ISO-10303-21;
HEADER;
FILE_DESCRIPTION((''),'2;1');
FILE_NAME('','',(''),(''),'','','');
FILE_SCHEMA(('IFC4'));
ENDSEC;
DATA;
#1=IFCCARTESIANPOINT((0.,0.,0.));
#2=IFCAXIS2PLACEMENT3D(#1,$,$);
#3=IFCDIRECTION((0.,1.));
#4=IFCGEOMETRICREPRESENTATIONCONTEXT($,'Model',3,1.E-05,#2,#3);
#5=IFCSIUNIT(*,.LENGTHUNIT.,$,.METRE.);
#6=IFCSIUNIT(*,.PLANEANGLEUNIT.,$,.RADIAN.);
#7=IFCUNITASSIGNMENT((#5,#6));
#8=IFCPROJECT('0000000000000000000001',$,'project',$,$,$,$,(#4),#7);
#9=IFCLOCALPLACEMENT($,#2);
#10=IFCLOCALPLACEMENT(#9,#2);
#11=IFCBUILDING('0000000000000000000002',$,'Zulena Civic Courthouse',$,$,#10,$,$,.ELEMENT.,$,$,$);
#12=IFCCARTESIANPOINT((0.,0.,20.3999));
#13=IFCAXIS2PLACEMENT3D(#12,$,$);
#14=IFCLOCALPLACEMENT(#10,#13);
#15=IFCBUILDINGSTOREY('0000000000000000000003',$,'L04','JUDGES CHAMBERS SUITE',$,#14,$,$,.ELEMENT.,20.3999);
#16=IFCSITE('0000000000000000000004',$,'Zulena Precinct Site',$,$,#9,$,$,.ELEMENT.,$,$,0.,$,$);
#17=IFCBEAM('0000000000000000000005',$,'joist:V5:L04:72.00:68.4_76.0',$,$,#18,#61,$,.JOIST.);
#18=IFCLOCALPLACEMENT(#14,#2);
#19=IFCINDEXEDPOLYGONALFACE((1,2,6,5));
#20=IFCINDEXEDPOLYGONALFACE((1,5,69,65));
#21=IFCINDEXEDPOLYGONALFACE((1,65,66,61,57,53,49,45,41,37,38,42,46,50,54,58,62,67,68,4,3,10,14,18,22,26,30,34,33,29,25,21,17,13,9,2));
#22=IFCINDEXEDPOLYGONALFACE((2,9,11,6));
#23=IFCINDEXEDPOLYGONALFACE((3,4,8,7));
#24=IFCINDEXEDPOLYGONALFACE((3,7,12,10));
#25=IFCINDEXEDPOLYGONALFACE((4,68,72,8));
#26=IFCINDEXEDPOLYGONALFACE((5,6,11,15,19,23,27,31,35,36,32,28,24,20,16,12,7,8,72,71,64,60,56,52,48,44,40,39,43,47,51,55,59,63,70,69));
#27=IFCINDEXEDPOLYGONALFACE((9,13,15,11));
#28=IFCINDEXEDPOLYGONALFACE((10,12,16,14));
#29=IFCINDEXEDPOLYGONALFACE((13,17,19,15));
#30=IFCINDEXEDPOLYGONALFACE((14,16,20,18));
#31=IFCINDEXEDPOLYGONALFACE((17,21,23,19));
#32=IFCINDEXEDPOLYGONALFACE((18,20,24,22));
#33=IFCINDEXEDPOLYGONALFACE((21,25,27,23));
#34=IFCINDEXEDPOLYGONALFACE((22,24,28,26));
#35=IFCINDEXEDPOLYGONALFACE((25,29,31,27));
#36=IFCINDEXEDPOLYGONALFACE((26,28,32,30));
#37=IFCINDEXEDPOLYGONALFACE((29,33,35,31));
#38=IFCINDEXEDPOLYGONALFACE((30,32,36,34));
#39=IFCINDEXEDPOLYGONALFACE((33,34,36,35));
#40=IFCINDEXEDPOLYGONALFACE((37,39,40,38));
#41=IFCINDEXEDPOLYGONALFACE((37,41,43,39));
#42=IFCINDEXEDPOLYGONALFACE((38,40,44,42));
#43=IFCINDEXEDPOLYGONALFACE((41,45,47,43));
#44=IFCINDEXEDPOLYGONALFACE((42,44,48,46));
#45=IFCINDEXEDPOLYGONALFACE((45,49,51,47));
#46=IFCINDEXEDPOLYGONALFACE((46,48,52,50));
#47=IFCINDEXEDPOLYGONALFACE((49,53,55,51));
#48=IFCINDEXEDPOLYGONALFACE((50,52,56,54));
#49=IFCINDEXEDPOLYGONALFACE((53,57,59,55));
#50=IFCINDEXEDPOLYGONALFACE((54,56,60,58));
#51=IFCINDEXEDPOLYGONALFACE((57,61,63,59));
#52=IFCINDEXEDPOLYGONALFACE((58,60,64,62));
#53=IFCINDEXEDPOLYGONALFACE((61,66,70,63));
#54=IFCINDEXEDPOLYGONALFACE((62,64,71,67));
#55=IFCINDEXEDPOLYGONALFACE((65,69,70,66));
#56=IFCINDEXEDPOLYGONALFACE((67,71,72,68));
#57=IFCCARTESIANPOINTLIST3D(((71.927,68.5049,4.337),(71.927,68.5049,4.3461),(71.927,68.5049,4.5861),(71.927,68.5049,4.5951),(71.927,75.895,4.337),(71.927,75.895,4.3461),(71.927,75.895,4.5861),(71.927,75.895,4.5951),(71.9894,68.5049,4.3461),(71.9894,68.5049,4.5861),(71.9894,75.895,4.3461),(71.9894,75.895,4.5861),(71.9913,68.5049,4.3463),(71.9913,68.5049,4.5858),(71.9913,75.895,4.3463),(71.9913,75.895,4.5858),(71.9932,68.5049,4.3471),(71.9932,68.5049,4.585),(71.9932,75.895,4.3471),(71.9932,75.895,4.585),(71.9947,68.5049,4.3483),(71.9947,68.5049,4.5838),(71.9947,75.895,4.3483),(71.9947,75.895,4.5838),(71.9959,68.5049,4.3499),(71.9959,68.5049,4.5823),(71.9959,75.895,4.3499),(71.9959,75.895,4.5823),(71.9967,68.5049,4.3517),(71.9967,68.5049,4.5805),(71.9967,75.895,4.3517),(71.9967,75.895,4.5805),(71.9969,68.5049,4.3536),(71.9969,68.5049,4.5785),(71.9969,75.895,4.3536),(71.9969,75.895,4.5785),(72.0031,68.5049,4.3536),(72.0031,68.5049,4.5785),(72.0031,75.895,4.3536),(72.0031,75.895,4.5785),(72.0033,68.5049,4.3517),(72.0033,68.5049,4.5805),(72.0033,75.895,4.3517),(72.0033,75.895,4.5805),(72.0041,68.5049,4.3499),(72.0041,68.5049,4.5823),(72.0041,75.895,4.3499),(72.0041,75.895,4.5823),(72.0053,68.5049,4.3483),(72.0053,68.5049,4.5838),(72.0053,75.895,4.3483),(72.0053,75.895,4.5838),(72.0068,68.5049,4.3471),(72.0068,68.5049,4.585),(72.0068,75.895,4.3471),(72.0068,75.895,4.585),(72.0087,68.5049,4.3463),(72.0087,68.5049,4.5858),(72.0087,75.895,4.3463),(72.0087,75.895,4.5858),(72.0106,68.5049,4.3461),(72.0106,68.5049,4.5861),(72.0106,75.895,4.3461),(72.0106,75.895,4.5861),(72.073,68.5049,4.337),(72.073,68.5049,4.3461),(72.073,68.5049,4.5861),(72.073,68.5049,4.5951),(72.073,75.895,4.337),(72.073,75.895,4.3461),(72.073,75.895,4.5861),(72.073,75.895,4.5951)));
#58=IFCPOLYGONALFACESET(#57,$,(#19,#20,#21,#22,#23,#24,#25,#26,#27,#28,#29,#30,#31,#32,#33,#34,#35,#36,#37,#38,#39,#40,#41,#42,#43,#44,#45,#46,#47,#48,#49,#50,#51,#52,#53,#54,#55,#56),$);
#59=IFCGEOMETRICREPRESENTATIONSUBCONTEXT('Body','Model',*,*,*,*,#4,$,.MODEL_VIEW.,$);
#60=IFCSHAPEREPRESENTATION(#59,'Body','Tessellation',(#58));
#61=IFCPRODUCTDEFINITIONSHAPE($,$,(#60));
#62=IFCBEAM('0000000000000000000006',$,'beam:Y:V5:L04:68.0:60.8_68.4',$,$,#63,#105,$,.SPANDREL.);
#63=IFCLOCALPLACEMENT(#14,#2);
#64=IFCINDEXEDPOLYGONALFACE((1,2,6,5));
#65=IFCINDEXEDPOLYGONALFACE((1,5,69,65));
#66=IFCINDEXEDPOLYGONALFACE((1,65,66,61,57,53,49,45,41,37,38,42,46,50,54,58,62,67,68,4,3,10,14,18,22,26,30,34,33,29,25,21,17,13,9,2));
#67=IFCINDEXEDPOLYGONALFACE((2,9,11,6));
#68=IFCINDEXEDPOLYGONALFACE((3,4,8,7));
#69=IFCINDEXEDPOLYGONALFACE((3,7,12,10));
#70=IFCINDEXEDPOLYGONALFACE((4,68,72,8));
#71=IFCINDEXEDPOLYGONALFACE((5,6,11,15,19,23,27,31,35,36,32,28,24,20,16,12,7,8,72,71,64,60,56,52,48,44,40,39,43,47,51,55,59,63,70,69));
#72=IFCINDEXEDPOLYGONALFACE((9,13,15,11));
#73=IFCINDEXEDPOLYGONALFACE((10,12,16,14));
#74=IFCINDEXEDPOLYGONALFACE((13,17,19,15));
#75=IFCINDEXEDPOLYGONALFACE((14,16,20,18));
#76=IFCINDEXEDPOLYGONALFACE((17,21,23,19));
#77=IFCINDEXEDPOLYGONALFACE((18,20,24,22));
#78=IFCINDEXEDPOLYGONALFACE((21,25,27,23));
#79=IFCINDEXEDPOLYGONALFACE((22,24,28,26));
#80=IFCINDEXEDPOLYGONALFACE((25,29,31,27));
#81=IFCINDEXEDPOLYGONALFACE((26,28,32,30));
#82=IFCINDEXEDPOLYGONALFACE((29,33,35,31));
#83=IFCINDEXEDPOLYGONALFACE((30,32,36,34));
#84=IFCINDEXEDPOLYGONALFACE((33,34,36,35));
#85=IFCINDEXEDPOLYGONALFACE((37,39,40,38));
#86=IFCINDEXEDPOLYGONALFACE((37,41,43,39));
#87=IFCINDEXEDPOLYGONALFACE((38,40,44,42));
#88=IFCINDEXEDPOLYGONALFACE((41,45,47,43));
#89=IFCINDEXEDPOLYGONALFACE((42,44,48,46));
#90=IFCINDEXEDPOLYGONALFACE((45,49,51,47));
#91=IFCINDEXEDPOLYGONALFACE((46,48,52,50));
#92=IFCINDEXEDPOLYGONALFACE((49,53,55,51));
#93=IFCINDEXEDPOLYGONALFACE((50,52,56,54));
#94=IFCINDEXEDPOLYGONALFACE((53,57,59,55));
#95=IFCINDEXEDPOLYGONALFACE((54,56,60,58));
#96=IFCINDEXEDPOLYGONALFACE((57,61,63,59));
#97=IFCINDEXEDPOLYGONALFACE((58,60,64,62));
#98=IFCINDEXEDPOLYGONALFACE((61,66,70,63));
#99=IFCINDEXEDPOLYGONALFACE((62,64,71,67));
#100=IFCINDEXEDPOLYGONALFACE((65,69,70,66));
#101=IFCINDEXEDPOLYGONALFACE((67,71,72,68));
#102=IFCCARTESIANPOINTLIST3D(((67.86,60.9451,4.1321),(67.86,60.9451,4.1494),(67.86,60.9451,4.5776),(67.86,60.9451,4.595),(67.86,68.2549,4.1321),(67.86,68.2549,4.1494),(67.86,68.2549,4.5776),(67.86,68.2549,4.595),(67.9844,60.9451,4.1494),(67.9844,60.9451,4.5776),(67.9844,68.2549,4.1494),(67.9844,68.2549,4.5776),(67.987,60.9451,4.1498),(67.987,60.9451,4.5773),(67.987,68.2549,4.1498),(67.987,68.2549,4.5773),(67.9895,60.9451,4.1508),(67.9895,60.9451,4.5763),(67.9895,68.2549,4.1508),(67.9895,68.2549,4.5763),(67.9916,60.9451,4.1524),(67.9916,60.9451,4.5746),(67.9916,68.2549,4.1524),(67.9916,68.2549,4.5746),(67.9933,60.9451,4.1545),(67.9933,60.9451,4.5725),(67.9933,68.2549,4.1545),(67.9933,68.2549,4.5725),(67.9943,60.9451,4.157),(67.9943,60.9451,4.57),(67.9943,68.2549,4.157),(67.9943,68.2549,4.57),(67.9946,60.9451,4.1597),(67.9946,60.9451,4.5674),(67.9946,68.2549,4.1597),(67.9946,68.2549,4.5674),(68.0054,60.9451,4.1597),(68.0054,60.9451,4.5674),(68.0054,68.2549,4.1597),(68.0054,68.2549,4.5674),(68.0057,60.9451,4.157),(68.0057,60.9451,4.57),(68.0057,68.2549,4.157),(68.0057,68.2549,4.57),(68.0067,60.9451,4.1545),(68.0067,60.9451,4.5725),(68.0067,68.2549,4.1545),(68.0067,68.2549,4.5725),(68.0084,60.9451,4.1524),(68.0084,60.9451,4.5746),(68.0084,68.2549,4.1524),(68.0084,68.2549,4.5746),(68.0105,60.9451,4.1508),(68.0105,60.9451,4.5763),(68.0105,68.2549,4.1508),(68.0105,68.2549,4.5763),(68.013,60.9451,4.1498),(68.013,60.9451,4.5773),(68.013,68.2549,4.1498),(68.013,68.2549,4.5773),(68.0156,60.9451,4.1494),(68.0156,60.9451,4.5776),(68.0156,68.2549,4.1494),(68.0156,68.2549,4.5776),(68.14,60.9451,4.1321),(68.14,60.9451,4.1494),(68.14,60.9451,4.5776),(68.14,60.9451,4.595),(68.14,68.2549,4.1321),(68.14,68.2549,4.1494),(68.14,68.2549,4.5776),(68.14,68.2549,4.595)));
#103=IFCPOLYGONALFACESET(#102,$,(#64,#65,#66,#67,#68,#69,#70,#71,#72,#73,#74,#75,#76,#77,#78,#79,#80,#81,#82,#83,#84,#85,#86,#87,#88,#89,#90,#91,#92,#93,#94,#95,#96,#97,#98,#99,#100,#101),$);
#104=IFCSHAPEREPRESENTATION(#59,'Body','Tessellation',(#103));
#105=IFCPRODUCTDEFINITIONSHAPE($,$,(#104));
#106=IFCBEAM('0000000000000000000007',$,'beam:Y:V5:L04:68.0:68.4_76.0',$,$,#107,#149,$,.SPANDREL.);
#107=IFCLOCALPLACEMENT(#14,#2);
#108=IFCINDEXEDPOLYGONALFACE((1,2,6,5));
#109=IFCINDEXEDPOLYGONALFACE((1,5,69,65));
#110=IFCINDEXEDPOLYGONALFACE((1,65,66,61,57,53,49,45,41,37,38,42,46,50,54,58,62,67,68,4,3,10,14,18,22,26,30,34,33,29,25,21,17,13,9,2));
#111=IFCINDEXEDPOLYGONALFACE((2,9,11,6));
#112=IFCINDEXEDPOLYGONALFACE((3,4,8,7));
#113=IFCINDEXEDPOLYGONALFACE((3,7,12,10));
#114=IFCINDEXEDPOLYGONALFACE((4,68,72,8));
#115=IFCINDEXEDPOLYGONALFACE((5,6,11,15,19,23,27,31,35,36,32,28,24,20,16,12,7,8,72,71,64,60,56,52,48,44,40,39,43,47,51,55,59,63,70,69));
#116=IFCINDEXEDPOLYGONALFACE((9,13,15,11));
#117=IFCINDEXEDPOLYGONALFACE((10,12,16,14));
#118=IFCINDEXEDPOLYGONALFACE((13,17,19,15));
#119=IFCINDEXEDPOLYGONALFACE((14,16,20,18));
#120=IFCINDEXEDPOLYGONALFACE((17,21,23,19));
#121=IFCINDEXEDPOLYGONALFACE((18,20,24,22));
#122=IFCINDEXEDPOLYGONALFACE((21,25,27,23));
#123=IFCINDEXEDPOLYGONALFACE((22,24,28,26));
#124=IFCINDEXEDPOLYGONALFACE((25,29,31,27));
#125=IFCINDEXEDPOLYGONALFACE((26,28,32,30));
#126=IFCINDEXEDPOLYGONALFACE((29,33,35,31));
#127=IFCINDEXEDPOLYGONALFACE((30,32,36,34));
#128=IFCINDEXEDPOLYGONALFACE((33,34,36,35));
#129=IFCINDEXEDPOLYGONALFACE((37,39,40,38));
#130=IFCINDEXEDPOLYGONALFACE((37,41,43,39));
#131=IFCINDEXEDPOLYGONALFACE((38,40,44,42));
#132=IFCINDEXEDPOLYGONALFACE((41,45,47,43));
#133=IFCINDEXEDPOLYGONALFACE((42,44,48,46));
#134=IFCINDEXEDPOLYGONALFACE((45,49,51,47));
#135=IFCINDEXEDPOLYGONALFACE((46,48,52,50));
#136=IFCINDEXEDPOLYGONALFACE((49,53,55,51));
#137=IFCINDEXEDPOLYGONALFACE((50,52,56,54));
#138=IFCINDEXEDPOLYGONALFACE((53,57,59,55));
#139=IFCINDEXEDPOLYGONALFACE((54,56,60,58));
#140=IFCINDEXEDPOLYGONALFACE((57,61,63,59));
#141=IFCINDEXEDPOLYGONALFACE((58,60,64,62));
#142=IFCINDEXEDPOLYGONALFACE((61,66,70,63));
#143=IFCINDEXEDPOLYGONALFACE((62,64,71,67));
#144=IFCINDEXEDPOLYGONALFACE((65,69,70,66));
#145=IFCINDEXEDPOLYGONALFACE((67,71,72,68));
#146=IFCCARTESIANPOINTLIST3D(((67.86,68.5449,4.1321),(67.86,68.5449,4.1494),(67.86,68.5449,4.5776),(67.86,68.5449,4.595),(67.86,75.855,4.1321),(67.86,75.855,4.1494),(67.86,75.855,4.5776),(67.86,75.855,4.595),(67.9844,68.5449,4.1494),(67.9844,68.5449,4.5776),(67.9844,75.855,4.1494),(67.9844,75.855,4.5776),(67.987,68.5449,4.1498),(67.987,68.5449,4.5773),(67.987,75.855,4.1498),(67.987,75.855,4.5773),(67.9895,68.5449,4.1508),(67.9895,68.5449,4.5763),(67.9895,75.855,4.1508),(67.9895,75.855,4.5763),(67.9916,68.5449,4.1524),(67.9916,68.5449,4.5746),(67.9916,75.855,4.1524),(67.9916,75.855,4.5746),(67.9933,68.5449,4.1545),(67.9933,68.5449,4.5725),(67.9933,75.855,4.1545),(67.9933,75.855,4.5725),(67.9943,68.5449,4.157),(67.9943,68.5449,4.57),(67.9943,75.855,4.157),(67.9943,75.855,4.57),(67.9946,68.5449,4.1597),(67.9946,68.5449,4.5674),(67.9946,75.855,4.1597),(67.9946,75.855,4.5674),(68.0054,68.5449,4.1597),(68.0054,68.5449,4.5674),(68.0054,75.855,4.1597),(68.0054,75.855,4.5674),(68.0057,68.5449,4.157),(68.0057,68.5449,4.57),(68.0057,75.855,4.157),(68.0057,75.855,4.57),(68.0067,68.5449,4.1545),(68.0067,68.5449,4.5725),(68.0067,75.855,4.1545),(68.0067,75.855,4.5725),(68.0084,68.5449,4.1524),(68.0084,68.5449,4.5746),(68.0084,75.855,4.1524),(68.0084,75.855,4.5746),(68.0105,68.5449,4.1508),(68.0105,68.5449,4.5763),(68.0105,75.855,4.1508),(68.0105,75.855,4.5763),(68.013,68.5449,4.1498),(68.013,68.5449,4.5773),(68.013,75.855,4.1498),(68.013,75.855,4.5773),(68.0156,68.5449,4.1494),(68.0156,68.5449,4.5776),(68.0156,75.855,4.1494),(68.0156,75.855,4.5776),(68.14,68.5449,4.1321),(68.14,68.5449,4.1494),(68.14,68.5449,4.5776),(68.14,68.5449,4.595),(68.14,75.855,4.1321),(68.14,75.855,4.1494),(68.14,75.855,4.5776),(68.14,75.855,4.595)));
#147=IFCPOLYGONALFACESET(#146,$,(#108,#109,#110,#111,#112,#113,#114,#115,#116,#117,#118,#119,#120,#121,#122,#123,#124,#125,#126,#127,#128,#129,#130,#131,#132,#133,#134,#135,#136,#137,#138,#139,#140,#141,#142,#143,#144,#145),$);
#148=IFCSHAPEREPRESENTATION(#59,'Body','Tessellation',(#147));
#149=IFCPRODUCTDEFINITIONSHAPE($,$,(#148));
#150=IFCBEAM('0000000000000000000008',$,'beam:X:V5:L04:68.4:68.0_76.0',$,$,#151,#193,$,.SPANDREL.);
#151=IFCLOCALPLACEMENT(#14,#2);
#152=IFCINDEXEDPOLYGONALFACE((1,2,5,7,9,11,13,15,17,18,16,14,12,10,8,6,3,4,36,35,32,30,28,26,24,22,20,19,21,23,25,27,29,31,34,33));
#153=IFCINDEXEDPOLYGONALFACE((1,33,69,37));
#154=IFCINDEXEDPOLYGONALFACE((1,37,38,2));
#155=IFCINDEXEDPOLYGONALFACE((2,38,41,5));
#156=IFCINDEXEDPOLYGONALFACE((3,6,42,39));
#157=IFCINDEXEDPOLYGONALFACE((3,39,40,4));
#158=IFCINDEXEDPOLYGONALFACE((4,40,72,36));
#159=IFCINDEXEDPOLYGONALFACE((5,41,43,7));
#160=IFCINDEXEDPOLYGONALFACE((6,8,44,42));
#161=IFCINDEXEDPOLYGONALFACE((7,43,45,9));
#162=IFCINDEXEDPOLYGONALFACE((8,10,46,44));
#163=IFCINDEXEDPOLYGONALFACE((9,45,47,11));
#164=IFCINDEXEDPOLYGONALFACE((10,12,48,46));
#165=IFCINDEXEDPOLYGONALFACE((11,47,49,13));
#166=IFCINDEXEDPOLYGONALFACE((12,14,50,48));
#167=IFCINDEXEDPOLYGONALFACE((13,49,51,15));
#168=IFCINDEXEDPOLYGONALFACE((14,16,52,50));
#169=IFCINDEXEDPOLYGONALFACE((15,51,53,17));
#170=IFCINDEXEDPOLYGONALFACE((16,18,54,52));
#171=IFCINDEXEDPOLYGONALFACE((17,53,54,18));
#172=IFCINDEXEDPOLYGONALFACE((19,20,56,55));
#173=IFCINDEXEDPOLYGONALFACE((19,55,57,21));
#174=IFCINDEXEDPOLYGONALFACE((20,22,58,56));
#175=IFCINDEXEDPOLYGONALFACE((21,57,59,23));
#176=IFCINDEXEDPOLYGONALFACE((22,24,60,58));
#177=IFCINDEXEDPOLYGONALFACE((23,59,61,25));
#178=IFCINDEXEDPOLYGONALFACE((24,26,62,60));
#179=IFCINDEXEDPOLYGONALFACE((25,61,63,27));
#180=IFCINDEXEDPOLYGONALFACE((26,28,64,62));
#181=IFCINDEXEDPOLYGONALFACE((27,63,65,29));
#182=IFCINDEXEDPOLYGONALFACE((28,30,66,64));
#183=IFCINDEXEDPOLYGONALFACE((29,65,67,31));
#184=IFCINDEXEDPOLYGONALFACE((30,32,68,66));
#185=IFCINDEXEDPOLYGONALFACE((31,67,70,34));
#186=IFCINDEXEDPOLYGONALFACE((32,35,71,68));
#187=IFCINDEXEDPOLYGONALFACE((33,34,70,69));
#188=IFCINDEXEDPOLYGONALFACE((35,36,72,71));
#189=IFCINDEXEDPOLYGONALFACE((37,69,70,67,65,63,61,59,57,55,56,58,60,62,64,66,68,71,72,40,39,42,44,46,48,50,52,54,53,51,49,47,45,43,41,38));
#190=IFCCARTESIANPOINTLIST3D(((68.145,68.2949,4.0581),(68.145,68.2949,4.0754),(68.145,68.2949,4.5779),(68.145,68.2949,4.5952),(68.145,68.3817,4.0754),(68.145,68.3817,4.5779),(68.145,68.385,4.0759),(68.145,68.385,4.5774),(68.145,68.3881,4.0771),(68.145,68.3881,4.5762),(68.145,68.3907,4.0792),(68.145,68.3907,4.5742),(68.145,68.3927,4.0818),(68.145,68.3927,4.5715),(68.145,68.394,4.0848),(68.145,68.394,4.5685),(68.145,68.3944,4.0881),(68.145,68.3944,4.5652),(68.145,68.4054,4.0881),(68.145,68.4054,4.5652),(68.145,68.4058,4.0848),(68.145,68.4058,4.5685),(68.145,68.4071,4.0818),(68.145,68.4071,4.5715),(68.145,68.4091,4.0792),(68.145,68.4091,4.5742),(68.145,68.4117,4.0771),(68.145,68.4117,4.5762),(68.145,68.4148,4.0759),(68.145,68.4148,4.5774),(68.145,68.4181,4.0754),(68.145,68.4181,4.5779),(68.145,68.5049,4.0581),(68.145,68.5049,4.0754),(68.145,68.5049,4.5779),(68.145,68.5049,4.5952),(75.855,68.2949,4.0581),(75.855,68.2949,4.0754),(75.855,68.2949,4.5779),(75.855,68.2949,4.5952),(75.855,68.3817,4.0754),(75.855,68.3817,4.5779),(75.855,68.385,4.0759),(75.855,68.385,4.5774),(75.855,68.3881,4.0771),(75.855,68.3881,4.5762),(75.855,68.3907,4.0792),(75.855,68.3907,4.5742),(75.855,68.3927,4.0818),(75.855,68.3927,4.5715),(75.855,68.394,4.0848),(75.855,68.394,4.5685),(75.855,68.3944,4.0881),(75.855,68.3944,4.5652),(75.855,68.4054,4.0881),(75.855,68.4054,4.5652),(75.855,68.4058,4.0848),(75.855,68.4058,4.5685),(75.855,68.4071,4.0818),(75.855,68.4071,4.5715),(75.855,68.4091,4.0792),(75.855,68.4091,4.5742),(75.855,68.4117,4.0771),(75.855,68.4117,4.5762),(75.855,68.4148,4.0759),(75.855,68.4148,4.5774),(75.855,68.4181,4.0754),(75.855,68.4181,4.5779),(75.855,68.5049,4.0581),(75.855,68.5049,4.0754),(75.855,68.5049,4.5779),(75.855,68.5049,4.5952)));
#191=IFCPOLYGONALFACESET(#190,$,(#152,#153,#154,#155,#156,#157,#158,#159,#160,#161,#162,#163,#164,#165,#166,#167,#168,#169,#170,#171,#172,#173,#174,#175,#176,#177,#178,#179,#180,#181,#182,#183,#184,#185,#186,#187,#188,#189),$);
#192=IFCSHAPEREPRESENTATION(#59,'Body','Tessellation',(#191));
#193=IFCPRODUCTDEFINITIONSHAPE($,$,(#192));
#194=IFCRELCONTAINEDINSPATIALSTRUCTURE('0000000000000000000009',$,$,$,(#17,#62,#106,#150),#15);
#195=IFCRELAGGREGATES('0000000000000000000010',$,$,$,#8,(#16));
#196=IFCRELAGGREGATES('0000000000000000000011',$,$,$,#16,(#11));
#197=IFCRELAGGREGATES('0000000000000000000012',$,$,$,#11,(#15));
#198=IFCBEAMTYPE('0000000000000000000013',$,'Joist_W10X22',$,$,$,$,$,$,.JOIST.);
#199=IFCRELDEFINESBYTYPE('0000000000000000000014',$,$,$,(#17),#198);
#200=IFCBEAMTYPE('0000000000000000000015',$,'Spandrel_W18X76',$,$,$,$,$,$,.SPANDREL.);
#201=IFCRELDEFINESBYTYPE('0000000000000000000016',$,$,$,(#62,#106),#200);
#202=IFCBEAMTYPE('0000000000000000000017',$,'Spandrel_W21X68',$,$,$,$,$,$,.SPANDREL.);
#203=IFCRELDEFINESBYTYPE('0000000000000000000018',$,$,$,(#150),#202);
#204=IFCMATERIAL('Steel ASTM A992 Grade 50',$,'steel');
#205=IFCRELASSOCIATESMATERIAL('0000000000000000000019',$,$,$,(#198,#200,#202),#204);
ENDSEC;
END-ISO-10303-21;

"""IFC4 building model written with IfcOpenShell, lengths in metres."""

from ifc_helpers import new_model, si_unit, direction, frame, origin, origin_2d, place, context, subcontext, project, spatial, i_section, extrude, material, material_profile, profile_set, type_object, element, save


model = new_model("IFC4")

# Units and contexts
model_context = context("Model", 3, precision=1e-05, world=origin(), true_north=direction((0.0, 1.0)))
body_context = subcontext(model_context, "Body", "Model", "MODEL_VIEW")
ifc_project = project(units=[si_unit("LENGTHUNIT", "METRE"), si_unit("PLANEANGLEUNIT", "RADIAN")], contexts=[model_context])

# Site, building, storey
site_placement = place(None, origin())
site = spatial("IfcSite", under=ifc_project, at=site_placement, Name="Zulena Precinct Site", CompositionType="ELEMENT", RefElevation=0.0)
building_placement = place(site_placement, origin())
building = spatial("IfcBuilding", under=site, at=building_placement, Name="Zulena Civic Courthouse", CompositionType="ELEMENT")
storey_placement = place(building_placement, frame((0.0, 0.0, 20.3999)))
storey = spatial("IfcBuildingStorey", under=building, at=storey_placement, Name="L04", Description="JUDGES CHAMBERS SUITE", CompositionType="ELEMENT", Elevation=20.3999)

# Shared definitions
ifc_material_1 = material(Name="Steel ASTM A992 Grade 50", Category="steel")

# Beams
ifc_material_profile_1 = material_profile(ifc_material_1, i_section(OverallWidth=0.146, OverallDepth=0.2581, WebThickness=0.0061, FlangeThickness=0.009, FilletRadius=0.0076, at=origin_2d()), Name="W10X22")
ifc_profile_set_1 = profile_set([ifc_material_profile_1], Name="Steel ASTM A992 Grade 50")
beam_type_1 = type_object("IfcBeamType", Name="Joist_W10X22", PredefinedType="JOIST", material=ifc_profile_set_1)
beam_1_placement = place(storey_placement, frame((72.0, 68.5049, 4.4661), z_axis=(0.0, 1.0, 0.0), x_axis=(-1.0, 0.0, 0.0)))
element("IfcBeam", 1, at=beam_1_placement, inside=storey, type_object=beam_type_1, Name="joist:V5:L04:72.00:68.4_76.0", PredefinedType="JOIST", context=body_context, shape_type="SweptSolid", body=[
    extrude(i_section(OverallWidth=0.146, OverallDepth=0.2581, WebThickness=0.0061, FlangeThickness=0.009, FilletRadius=0.0076, at=origin_2d()), origin(), (0.0, 0.0, 1.0), 7.3901),
])
ifc_material_profile_2 = material_profile(ifc_material_1, i_section(OverallWidth=0.28, OverallDepth=0.4629, WebThickness=0.0107, FlangeThickness=0.0173, FilletRadius=0.0103, at=origin_2d()), Name="W18X76")
ifc_profile_set_2 = profile_set([ifc_material_profile_2], Name="Steel ASTM A992 Grade 50")
beam_type_2 = type_object("IfcBeamType", Name="Spandrel_W18X76", PredefinedType="SPANDREL", material=ifc_profile_set_2)
beam_2_placement = place(storey_placement, frame((68.0, 60.9451, 4.3635), z_axis=(0.0, 1.0, 0.0), x_axis=(-1.0, 0.0, 0.0)))
element("IfcBeam", 2, at=beam_2_placement, inside=storey, type_object=beam_type_2, Name="beam:Y:V5:L04:68.0:60.8_68.4", PredefinedType="SPANDREL", context=body_context, shape_type="SweptSolid", body=[
    extrude(i_section(OverallWidth=0.28, OverallDepth=0.4629, WebThickness=0.0107, FlangeThickness=0.0173, FilletRadius=0.0103, at=origin_2d()), origin(), (0.0, 0.0, 1.0), 7.3098),
])
beam_3_placement = place(storey_placement, frame((68.0, 68.5449, 4.3635), z_axis=(0.0, 1.0, 0.0), x_axis=(-1.0, 0.0, 0.0)))
element("IfcBeam", 3, at=beam_3_placement, inside=storey, type_object=beam_type_2, Name="beam:Y:V5:L04:68.0:68.4_76.0", PredefinedType="SPANDREL", context=body_context, shape_type="SweptSolid", body=[
    extrude(i_section(OverallWidth=0.28, OverallDepth=0.4629, WebThickness=0.0107, FlangeThickness=0.0173, FilletRadius=0.0103, at=origin_2d()), origin(), (0.0, 0.0, 1.0), 7.3101),
])
ifc_material_profile_3 = material_profile(ifc_material_1, i_section(OverallWidth=0.21, OverallDepth=0.5371, WebThickness=0.011, FlangeThickness=0.0173, FilletRadius=0.0127, at=origin_2d()), Name="W21X68")
ifc_profile_set_3 = profile_set([ifc_material_profile_3], Name="Steel ASTM A992 Grade 50")
beam_type_3 = type_object("IfcBeamType", Name="Spandrel_W21X68", PredefinedType="SPANDREL", material=ifc_profile_set_3)
beam_4_placement = place(storey_placement, frame((68.145, 68.3999, 4.3267), z_axis=(1.0, 0.0, 0.0), x_axis=(0.0, 1.0, 0.0)))
element("IfcBeam", 4, at=beam_4_placement, inside=storey, type_object=beam_type_3, Name="beam:X:V5:L04:68.4:68.0_76.0", PredefinedType="SPANDREL", context=body_context, shape_type="SweptSolid", body=[
    extrude(i_section(OverallWidth=0.21, OverallDepth=0.5371, WebThickness=0.011, FlangeThickness=0.0173, FilletRadius=0.0127, at=origin_2d()), origin(), (0.0, 0.0, 1.0), 7.71),
])

save(model, "model.ifc")
